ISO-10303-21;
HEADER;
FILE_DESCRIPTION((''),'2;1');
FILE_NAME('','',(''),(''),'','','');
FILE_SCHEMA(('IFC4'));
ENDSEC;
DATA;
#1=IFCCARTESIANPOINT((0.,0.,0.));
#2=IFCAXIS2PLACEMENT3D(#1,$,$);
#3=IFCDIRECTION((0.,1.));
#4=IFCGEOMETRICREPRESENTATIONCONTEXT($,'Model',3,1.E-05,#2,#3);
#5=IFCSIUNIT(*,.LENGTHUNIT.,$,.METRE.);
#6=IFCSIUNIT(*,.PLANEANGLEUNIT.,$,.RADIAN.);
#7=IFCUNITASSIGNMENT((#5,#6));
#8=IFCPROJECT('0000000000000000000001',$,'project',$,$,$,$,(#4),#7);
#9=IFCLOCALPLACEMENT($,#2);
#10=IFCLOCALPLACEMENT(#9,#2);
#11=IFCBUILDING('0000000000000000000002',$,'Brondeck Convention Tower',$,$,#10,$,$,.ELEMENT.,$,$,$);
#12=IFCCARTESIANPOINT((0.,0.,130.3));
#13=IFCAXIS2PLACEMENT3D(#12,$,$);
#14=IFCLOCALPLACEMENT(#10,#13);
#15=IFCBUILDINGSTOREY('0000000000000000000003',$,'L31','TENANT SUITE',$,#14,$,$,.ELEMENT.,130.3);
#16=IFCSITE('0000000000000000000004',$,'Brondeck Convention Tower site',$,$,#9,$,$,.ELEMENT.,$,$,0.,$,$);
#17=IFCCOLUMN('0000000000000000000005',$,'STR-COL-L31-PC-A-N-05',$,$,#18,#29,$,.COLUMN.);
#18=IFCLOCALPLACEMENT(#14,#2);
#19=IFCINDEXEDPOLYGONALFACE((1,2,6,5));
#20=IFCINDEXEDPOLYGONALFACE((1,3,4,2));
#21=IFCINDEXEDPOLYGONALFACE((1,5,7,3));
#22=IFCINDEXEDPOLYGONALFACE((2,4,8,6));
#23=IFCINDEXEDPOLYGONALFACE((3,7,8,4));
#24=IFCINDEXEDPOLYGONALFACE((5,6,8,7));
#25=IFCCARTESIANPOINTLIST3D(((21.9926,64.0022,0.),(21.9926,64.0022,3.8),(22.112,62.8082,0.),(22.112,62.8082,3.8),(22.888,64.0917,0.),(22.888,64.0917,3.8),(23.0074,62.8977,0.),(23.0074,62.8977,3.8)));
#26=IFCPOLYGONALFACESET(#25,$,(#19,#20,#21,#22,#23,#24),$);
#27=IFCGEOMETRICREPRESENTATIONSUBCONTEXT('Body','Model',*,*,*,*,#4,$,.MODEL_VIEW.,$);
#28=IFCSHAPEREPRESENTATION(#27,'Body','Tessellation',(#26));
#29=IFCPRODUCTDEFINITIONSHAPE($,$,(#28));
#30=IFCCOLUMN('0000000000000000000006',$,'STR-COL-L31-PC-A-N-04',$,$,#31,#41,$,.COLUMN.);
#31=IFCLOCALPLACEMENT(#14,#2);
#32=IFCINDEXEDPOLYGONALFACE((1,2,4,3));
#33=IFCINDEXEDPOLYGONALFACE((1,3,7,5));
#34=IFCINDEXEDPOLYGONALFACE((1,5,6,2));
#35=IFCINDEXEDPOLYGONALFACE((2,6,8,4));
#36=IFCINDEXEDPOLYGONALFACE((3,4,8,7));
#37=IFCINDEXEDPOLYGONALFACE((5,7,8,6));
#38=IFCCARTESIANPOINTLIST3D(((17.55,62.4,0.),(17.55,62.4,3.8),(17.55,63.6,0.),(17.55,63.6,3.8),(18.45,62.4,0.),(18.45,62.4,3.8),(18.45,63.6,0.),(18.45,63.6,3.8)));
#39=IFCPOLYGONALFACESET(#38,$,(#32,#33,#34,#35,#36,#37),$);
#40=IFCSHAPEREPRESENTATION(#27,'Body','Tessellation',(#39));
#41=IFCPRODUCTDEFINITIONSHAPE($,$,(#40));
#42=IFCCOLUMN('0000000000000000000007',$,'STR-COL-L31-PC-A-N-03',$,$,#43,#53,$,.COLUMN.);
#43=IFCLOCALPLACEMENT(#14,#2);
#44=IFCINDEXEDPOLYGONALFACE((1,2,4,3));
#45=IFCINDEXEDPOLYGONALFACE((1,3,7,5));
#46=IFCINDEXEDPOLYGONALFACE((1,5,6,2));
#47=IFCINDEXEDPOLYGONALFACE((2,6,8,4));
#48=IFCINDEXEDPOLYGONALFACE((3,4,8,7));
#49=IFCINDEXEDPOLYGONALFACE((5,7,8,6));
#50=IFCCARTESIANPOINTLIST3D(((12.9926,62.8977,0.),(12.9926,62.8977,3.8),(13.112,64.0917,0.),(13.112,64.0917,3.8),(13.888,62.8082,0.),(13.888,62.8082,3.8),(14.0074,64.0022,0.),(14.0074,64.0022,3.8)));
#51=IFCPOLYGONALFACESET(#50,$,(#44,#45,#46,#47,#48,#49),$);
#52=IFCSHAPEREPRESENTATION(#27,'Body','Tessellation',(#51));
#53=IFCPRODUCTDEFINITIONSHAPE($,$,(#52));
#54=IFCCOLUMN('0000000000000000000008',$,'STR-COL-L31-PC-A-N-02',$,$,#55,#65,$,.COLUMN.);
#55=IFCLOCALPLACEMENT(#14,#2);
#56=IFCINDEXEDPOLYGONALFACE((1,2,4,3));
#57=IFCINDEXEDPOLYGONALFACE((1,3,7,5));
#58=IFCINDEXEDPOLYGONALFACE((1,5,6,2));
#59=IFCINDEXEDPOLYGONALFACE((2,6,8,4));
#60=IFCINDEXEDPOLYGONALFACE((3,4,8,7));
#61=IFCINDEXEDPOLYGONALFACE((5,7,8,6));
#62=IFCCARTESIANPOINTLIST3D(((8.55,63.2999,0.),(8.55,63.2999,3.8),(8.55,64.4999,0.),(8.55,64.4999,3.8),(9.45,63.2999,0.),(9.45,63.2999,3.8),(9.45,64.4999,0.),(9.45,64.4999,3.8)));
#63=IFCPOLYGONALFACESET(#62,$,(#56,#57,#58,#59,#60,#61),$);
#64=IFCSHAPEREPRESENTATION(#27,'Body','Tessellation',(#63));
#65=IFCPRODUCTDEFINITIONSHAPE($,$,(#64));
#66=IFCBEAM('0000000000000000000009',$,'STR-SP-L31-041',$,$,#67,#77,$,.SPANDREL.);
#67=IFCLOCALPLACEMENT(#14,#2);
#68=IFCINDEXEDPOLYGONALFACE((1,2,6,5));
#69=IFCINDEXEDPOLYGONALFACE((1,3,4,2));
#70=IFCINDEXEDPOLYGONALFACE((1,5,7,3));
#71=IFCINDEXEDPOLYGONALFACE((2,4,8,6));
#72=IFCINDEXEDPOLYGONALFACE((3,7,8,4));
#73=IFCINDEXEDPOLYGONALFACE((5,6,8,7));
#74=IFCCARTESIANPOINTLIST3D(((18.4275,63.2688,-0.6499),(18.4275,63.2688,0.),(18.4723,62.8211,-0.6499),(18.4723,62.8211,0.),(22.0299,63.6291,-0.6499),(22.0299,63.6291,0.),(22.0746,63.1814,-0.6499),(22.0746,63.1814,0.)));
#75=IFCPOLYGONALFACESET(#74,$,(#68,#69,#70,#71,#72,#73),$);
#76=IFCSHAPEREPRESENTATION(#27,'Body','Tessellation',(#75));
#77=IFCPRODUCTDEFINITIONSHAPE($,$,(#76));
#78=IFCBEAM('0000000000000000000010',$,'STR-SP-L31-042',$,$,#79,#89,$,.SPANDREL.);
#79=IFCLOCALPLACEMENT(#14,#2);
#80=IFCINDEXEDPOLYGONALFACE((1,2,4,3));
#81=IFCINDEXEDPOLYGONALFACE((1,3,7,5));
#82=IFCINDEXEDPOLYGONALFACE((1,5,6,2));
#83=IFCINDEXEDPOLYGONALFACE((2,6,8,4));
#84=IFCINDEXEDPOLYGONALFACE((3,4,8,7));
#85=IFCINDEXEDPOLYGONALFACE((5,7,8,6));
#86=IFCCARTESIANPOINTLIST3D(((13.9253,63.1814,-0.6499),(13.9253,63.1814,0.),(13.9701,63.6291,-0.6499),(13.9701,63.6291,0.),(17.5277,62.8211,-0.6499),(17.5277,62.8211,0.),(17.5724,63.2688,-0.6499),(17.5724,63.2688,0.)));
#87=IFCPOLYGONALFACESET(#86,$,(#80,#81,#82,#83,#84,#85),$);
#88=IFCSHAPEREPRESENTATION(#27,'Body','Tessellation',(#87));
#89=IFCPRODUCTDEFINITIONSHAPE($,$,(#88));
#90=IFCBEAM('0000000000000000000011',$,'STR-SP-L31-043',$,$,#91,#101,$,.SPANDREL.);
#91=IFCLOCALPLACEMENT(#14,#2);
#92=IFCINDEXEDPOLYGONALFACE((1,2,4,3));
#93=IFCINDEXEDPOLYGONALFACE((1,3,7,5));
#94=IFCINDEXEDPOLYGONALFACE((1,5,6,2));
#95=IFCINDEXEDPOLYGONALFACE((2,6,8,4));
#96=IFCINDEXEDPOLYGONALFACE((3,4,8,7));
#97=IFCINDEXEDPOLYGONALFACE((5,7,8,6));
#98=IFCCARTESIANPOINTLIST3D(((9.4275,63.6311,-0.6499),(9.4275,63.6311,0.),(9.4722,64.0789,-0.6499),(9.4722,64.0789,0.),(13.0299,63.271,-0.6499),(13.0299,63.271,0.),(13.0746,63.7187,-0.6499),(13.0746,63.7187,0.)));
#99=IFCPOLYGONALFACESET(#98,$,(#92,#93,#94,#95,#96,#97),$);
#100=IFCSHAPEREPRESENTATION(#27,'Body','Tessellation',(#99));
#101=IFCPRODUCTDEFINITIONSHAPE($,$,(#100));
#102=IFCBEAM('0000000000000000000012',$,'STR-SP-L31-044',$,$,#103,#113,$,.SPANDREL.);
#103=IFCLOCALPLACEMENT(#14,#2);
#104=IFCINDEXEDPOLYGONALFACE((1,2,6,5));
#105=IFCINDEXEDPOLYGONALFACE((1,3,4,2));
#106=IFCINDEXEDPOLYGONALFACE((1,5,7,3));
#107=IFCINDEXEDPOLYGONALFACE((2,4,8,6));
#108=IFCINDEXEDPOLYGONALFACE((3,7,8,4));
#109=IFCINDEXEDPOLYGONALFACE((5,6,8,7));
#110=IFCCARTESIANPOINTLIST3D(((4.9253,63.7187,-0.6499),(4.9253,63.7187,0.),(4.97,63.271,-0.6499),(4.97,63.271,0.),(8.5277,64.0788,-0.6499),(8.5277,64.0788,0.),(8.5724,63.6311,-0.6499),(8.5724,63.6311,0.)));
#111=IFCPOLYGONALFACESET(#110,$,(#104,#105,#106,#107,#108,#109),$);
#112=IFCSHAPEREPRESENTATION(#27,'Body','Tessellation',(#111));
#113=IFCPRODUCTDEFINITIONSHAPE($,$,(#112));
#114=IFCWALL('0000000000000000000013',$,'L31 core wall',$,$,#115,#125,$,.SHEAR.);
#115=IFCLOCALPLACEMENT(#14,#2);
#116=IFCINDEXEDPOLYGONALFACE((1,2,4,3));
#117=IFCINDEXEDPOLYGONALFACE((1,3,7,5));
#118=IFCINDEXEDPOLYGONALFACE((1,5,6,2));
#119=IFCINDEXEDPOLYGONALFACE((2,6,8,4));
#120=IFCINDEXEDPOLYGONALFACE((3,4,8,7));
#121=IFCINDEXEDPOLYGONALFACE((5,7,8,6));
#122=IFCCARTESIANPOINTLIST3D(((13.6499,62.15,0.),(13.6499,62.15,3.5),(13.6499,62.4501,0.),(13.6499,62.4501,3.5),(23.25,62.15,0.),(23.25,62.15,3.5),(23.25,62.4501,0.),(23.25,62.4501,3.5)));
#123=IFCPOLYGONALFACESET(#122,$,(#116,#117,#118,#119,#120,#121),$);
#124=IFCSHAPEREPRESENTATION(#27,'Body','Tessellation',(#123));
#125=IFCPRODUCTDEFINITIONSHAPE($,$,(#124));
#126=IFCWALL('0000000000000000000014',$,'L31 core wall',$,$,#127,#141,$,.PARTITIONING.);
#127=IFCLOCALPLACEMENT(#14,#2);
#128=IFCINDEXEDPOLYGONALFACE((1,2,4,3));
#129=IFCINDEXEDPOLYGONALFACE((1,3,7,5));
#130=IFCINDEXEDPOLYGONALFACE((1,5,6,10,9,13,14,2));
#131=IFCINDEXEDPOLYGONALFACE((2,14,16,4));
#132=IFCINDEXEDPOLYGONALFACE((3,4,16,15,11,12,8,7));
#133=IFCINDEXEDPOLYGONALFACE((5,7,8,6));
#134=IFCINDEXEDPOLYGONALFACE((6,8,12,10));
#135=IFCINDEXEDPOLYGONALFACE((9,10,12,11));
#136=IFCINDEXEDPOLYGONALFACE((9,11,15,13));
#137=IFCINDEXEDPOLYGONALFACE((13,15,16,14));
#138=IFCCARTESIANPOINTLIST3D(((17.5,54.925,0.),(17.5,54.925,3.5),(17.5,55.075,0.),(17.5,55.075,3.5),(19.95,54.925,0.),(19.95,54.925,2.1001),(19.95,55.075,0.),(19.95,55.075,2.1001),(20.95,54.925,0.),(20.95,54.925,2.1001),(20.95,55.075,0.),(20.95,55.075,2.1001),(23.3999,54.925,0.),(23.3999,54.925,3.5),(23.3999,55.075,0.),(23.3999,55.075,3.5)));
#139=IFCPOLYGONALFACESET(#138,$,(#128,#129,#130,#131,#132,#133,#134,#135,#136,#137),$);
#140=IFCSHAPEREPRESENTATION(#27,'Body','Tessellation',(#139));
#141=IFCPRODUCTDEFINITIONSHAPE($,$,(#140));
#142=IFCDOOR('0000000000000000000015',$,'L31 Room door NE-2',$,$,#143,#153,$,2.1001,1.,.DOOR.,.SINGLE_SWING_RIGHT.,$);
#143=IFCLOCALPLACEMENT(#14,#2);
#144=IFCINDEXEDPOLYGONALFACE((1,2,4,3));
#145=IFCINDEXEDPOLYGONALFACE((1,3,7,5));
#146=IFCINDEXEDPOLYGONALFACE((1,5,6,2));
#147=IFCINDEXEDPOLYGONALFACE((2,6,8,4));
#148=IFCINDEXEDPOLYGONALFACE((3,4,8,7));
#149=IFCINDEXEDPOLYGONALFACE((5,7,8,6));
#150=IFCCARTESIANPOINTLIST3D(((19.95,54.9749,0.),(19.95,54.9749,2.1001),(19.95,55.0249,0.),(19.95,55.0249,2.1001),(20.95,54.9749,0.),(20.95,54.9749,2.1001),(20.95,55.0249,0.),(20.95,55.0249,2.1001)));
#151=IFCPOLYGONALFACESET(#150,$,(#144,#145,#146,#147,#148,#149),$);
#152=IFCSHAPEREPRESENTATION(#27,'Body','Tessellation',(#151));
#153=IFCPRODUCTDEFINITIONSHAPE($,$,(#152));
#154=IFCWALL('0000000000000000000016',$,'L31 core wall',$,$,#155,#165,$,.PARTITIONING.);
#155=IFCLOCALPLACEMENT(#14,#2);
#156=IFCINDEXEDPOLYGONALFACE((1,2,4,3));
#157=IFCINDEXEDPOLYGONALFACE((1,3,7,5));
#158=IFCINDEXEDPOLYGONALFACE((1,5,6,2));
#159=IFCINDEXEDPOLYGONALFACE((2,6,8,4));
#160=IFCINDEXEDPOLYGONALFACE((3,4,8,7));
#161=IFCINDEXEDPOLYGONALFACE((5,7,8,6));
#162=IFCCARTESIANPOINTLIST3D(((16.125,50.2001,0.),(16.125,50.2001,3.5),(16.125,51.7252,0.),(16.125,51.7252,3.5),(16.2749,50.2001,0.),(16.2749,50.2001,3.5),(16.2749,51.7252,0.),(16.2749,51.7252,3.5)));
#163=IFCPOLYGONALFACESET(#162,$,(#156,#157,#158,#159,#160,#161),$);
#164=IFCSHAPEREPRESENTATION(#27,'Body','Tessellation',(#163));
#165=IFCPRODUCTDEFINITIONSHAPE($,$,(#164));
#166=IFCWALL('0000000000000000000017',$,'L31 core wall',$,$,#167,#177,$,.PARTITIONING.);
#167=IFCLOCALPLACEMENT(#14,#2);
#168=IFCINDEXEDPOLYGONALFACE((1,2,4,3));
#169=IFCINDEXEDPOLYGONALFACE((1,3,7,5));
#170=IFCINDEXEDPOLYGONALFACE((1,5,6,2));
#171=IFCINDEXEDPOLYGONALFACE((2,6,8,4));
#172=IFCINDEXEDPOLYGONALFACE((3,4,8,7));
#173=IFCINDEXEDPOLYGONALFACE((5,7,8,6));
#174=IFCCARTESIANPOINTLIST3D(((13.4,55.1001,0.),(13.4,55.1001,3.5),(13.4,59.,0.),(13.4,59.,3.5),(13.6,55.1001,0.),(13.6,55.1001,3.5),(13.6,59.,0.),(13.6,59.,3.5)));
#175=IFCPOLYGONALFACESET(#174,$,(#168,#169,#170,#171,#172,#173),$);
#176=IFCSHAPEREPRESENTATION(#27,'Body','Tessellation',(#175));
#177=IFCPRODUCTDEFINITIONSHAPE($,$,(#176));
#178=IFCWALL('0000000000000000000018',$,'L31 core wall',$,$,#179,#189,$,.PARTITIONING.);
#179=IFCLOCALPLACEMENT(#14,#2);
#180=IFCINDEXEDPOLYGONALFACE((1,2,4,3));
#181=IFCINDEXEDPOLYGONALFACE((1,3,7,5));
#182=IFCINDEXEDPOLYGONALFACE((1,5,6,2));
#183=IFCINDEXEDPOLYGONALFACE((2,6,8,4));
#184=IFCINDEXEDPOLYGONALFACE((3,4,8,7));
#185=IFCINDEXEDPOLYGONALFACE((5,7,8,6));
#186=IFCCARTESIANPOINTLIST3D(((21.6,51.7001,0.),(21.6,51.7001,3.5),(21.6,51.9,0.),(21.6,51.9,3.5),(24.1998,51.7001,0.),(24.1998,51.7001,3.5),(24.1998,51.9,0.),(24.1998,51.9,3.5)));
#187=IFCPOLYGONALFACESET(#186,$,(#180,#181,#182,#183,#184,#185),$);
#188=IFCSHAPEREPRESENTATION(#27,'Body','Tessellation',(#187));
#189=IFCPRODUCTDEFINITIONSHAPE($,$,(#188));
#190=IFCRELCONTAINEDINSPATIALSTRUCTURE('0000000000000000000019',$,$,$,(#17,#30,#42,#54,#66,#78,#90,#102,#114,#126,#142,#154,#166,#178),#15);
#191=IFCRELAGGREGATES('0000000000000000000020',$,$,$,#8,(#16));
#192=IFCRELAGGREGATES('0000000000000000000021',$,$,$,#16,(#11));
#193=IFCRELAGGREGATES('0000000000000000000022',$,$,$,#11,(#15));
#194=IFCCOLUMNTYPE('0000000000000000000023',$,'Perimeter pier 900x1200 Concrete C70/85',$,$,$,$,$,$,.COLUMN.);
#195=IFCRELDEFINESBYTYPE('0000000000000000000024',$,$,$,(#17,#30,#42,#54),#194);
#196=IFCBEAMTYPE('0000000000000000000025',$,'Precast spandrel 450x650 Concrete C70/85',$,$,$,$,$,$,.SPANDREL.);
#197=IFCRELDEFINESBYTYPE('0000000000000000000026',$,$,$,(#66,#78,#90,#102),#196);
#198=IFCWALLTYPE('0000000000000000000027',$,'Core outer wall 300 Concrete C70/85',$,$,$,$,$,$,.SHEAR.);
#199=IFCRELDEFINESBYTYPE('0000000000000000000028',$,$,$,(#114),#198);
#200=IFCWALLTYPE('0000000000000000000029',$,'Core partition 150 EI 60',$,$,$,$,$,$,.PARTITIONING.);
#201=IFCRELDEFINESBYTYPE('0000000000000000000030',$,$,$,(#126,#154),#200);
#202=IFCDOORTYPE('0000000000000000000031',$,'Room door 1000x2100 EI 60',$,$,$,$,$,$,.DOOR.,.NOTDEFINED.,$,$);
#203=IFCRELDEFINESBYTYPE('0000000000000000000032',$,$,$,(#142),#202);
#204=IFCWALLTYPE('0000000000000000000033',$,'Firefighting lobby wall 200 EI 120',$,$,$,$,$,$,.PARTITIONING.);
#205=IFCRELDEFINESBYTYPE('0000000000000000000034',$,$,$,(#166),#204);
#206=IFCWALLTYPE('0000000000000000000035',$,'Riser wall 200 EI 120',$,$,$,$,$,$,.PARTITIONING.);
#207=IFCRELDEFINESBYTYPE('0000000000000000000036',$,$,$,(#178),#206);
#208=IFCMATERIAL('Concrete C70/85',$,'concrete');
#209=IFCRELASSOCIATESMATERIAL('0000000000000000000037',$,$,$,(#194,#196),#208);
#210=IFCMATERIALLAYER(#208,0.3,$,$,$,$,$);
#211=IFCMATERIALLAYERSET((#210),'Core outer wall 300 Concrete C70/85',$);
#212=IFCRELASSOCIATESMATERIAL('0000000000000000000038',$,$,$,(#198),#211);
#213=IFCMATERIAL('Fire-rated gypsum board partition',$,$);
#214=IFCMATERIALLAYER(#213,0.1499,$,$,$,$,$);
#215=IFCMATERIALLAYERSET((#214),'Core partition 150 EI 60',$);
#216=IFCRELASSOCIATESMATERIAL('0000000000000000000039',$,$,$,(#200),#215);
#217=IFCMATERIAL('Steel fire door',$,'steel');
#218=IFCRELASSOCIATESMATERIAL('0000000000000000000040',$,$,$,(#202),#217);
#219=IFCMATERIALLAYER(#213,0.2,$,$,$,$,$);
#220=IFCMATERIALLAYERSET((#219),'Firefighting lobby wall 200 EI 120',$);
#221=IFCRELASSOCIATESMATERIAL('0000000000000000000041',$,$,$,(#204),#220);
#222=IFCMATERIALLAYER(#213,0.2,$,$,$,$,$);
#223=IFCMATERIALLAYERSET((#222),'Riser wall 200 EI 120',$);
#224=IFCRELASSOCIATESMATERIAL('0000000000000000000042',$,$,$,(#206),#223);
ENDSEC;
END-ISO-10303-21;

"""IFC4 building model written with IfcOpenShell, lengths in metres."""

from ifc_helpers import new_model, si_unit, direction, frame, frame_2d, origin, origin_2d, place, context, subcontext, project, spatial, rectangle, extrude, material, layer, layer_set, material_profile, profile_set, type_object, element, fill, save


model = new_model("IFC4")

# Units and contexts
model_context = context("Model", 3, precision=1e-05, world=origin(), true_north=direction((0.0, 1.0)))
body_context = subcontext(model_context, "Body", "Model", "MODEL_VIEW")
ifc_project = project(units=[si_unit("LENGTHUNIT", "METRE"), si_unit("PLANEANGLEUNIT", "RADIAN")], contexts=[model_context])

# Site, building, storey
site_placement = place(None, origin())
site = spatial("IfcSite", under=ifc_project, at=site_placement, Name="Brondeck Convention Tower site", CompositionType="ELEMENT", RefElevation=0.0)
building_placement = place(site_placement, origin())
building = spatial("IfcBuilding", under=site, at=building_placement, Name="Brondeck Convention Tower", CompositionType="ELEMENT")
storey_placement = place(building_placement, frame((0.0, 0.0, 130.3)))
storey = spatial("IfcBuildingStorey", under=building, at=storey_placement, Name="L31", Description="TENANT SUITE", CompositionType="ELEMENT", Elevation=130.3)

# Columns
ifc_material_1 = material(Name="Concrete C70/85", Category="concrete")
ifc_material_profile_1 = material_profile(ifc_material_1, rectangle(XDim=0.8999, YDim=1.2, at=origin_2d()), Name="Perimeter pier 900x1200 Concrete C70/85")
ifc_profile_set_1 = profile_set([ifc_material_profile_1], Name="Concrete C70/85")
column_type = type_object("IfcColumnType", Name="Perimeter pier 900x1200 Concrete C70/85", PredefinedType="COLUMN", material=ifc_profile_set_1)
for number, where, z_axis, x_axis, name in (
    (1, (22.5, 63.45, 0.0), (0.0, 0.0, 1.0), (-0.995037, -0.099504, 0.0), "STR-COL-L31-PC-A-N-05"),
    (2, (18.0, 63.0, 0.0), (0.0, 0.0, 1.0), (-1.0, 0.0, 0.0), "STR-COL-L31-PC-A-N-04"),
    (3, (13.5, 63.45, 0.0), (0.0, 0.0, 1.0), (-0.995037, 0.099504, 0.0), "STR-COL-L31-PC-A-N-03"),
    (4, (9.0, 63.8999, 0.0), (0.0, 0.0, 1.0), (-1.0, 0.0, 0.0), "STR-COL-L31-PC-A-N-02"),
):
    element("IfcColumn", number, at=place(storey_placement, frame(where, z_axis=z_axis, x_axis=x_axis)), inside=storey, type_object=column_type, Name=name, PredefinedType="COLUMN", context=body_context, shape_type="SweptSolid", body=[
        extrude(rectangle(XDim=0.8999, YDim=1.2, at=origin_2d()), origin(), (0.0, 0.0, 1.0), 3.8),
    ])

# Beams
ifc_material_profile_2 = material_profile(ifc_material_1, rectangle(XDim=0.45, YDim=0.6499, at=origin_2d()), Name="Precast spandrel 450x650 Concrete C70/85")
ifc_profile_set_2 = profile_set([ifc_material_profile_2], Name="Concrete C70/85")
beam_type = type_object("IfcBeamType", Name="Precast spandrel 450x650 Concrete C70/85", PredefinedType="SPANDREL", material=ifc_profile_set_2)
for number, where, z_axis, x_axis, name in (
    (5, (22.0522, 63.4053, -0.325), (-0.995034, -0.099537, 0.0), (0.099537, -0.995034, 0.0), "STR-SP-L31-041"),
    (6, (17.55, 63.0449, -0.325), (-0.995034, 0.099537, 0.0), (-0.099537, -0.995034, 0.0), "STR-SP-L31-042"),
    (7, (13.0522, 63.4949, -0.325), (-0.995041, 0.09947, 0.0), (-0.09947, -0.995041, 0.0), "STR-SP-L31-043"),
    (8, (8.55, 63.855, -0.325), (-0.995041, -0.09947, 0.0), (0.09947, -0.995041, 0.0), "STR-SP-L31-044"),
):
    element("IfcBeam", number, at=place(storey_placement, frame(where, z_axis=z_axis, x_axis=x_axis)), inside=storey, type_object=beam_type, Name=name, PredefinedType="SPANDREL", context=body_context, shape_type="SweptSolid", body=[
        extrude(rectangle(XDim=0.45, YDim=0.6499, at=origin_2d()), origin(), (0.0, 0.0, 1.0), 3.6204),
    ])

# Wall
ifc_layer_1 = layer(ifc_material_1, 0.3)
ifc_layer_set_1 = layer_set([ifc_layer_1], Name="Core outer wall 300 Concrete C70/85")
wall_type_1 = type_object("IfcWallType", Name="Core outer wall 300 Concrete C70/85", PredefinedType="SHEAR", material=ifc_layer_set_1)
wall_1_placement = place(storey_placement, frame((13.6499, 62.3, 0.0), z_axis=(0.0, 0.0, 1.0), x_axis=(1.0, 0.0, 0.0)))
element("IfcWall", 9, at=wall_1_placement, inside=storey, type_object=wall_type_1, Name="L31 core wall", PredefinedType="SHEAR", context=body_context, shape_type="SweptSolid", body=[
    extrude(rectangle(XDim=9.6001, YDim=0.3, at=frame_2d((4.8, 0.0))), origin(), (0.0, 0.0, 1.0), 3.5),
])

# Wall, opening, door
ifc_material_2 = material(Name="Fire-rated gypsum board partition")
ifc_layer_2 = layer(ifc_material_2, 0.1499)
ifc_layer_set_2 = layer_set([ifc_layer_2], Name="Core partition 150 EI 60")
wall_type_2 = type_object("IfcWallType", Name="Core partition 150 EI 60", PredefinedType="PARTITIONING", material=ifc_layer_set_2)
wall_2_placement = place(storey_placement, frame((17.5, 55.0, 0.0), z_axis=(0.0, 0.0, 1.0), x_axis=(1.0, 0.0, 0.0)))
wall_2 = element("IfcWall", 10, at=wall_2_placement, inside=storey, type_object=wall_type_2, Name="L31 core wall", PredefinedType="PARTITIONING", context=body_context, shape_type="SweptSolid", body=[
    extrude(rectangle(XDim=5.8999, YDim=0.1499, at=frame_2d((2.95, 0.0))), origin(), (0.0, 0.0, 1.0), 3.5),
])
opening_1_placement = place(wall_2_placement, frame((2.45, 0.0, 0.0)))
opening_1 = element("IfcOpeningElement", 11, at=opening_1_placement, cuts=wall_2, PredefinedType="OPENING", context=body_context, shape_type="SweptSolid", body=[
    extrude(rectangle(XDim=1.0, YDim=2.1001, at=frame_2d((0.5, 1.05))), frame((0.0, 0.085, 0.0), z_axis=(0.0, -1.0, 0.0), x_axis=(1.0, 0.0, 0.0)), (0.0, 0.0, 1.0), 0.1699),
])
ifc_material_3 = material(Name="Steel fire door", Category="steel")
door_type_1 = type_object("IfcDoorType", Name="Room door 1000x2100 EI 60", OperationType="NOTDEFINED", PredefinedType="DOOR", material=ifc_material_3)
door_1_placement = place(opening_1_placement, origin())
door_1 = element("IfcDoor", 12, at=door_1_placement, inside=storey, type_object=door_type_1, Name="L31 Room door NE-2", OperationType="SINGLE_SWING_RIGHT", OverallHeight=2.1001, OverallWidth=1.0, PredefinedType="DOOR", context=body_context, shape_type="SweptSolid", body=[
    extrude(rectangle(XDim=1.0, YDim=2.1001, at=frame_2d((0.5, 1.05))), frame((0.0, 0.0249, 0.0), z_axis=(0.0, -1.0, 0.0), x_axis=(1.0, 0.0, 0.0)), (0.0, 0.0, 1.0), 0.05),
])
fill(opening_1, door_1)

# Walls
wall_3_placement = place(storey_placement, frame((16.2, 50.2, 0.0), z_axis=(0.0, 0.0, 1.0), x_axis=(0.0, 1.0, 0.0)))
element("IfcWall", 13, at=wall_3_placement, inside=storey, type_object=wall_type_2, Name="L31 core wall", PredefinedType="PARTITIONING", context=body_context, shape_type="SweptSolid", body=[
    extrude(rectangle(XDim=1.5251, YDim=0.1499, at=frame_2d((0.7627, 0.0))), origin(), (0.0, 0.0, 1.0), 3.5),
])
ifc_layer_3 = layer(ifc_material_2, 0.2)
ifc_layer_set_3 = layer_set([ifc_layer_3], Name="Firefighting lobby wall 200 EI 120")
wall_type_3 = type_object("IfcWallType", Name="Firefighting lobby wall 200 EI 120", PredefinedType="PARTITIONING", material=ifc_layer_set_3)
wall_4_placement = place(storey_placement, frame((13.5, 55.1001, 0.0), z_axis=(0.0, 0.0, 1.0), x_axis=(0.0, 1.0, 0.0)))
element("IfcWall", 14, at=wall_4_placement, inside=storey, type_object=wall_type_3, Name="L31 core wall", PredefinedType="PARTITIONING", context=body_context, shape_type="SweptSolid", body=[
    extrude(rectangle(XDim=3.8999, YDim=0.2, at=frame_2d((1.95, 0.0))), origin(), (0.0, 0.0, 1.0), 3.5),
])
ifc_layer_4 = layer(ifc_material_2, 0.2)
ifc_layer_set_4 = layer_set([ifc_layer_4], Name="Riser wall 200 EI 120")
wall_type_4 = type_object("IfcWallType", Name="Riser wall 200 EI 120", PredefinedType="PARTITIONING", material=ifc_layer_set_4)
wall_5_placement = place(storey_placement, frame((21.6001, 51.8, 0.0), z_axis=(0.0, 0.0, 1.0), x_axis=(1.0, 0.0, 0.0)))
element("IfcWall", 15, at=wall_5_placement, inside=storey, type_object=wall_type_4, Name="L31 core wall", PredefinedType="PARTITIONING", context=body_context, shape_type="SweptSolid", body=[
    extrude(rectangle(XDim=2.5999, YDim=0.2, at=frame_2d((1.2998, 0.0))), origin(), (0.0, 0.0, 1.0), 3.5),
])

save(model, "model.ifc")
